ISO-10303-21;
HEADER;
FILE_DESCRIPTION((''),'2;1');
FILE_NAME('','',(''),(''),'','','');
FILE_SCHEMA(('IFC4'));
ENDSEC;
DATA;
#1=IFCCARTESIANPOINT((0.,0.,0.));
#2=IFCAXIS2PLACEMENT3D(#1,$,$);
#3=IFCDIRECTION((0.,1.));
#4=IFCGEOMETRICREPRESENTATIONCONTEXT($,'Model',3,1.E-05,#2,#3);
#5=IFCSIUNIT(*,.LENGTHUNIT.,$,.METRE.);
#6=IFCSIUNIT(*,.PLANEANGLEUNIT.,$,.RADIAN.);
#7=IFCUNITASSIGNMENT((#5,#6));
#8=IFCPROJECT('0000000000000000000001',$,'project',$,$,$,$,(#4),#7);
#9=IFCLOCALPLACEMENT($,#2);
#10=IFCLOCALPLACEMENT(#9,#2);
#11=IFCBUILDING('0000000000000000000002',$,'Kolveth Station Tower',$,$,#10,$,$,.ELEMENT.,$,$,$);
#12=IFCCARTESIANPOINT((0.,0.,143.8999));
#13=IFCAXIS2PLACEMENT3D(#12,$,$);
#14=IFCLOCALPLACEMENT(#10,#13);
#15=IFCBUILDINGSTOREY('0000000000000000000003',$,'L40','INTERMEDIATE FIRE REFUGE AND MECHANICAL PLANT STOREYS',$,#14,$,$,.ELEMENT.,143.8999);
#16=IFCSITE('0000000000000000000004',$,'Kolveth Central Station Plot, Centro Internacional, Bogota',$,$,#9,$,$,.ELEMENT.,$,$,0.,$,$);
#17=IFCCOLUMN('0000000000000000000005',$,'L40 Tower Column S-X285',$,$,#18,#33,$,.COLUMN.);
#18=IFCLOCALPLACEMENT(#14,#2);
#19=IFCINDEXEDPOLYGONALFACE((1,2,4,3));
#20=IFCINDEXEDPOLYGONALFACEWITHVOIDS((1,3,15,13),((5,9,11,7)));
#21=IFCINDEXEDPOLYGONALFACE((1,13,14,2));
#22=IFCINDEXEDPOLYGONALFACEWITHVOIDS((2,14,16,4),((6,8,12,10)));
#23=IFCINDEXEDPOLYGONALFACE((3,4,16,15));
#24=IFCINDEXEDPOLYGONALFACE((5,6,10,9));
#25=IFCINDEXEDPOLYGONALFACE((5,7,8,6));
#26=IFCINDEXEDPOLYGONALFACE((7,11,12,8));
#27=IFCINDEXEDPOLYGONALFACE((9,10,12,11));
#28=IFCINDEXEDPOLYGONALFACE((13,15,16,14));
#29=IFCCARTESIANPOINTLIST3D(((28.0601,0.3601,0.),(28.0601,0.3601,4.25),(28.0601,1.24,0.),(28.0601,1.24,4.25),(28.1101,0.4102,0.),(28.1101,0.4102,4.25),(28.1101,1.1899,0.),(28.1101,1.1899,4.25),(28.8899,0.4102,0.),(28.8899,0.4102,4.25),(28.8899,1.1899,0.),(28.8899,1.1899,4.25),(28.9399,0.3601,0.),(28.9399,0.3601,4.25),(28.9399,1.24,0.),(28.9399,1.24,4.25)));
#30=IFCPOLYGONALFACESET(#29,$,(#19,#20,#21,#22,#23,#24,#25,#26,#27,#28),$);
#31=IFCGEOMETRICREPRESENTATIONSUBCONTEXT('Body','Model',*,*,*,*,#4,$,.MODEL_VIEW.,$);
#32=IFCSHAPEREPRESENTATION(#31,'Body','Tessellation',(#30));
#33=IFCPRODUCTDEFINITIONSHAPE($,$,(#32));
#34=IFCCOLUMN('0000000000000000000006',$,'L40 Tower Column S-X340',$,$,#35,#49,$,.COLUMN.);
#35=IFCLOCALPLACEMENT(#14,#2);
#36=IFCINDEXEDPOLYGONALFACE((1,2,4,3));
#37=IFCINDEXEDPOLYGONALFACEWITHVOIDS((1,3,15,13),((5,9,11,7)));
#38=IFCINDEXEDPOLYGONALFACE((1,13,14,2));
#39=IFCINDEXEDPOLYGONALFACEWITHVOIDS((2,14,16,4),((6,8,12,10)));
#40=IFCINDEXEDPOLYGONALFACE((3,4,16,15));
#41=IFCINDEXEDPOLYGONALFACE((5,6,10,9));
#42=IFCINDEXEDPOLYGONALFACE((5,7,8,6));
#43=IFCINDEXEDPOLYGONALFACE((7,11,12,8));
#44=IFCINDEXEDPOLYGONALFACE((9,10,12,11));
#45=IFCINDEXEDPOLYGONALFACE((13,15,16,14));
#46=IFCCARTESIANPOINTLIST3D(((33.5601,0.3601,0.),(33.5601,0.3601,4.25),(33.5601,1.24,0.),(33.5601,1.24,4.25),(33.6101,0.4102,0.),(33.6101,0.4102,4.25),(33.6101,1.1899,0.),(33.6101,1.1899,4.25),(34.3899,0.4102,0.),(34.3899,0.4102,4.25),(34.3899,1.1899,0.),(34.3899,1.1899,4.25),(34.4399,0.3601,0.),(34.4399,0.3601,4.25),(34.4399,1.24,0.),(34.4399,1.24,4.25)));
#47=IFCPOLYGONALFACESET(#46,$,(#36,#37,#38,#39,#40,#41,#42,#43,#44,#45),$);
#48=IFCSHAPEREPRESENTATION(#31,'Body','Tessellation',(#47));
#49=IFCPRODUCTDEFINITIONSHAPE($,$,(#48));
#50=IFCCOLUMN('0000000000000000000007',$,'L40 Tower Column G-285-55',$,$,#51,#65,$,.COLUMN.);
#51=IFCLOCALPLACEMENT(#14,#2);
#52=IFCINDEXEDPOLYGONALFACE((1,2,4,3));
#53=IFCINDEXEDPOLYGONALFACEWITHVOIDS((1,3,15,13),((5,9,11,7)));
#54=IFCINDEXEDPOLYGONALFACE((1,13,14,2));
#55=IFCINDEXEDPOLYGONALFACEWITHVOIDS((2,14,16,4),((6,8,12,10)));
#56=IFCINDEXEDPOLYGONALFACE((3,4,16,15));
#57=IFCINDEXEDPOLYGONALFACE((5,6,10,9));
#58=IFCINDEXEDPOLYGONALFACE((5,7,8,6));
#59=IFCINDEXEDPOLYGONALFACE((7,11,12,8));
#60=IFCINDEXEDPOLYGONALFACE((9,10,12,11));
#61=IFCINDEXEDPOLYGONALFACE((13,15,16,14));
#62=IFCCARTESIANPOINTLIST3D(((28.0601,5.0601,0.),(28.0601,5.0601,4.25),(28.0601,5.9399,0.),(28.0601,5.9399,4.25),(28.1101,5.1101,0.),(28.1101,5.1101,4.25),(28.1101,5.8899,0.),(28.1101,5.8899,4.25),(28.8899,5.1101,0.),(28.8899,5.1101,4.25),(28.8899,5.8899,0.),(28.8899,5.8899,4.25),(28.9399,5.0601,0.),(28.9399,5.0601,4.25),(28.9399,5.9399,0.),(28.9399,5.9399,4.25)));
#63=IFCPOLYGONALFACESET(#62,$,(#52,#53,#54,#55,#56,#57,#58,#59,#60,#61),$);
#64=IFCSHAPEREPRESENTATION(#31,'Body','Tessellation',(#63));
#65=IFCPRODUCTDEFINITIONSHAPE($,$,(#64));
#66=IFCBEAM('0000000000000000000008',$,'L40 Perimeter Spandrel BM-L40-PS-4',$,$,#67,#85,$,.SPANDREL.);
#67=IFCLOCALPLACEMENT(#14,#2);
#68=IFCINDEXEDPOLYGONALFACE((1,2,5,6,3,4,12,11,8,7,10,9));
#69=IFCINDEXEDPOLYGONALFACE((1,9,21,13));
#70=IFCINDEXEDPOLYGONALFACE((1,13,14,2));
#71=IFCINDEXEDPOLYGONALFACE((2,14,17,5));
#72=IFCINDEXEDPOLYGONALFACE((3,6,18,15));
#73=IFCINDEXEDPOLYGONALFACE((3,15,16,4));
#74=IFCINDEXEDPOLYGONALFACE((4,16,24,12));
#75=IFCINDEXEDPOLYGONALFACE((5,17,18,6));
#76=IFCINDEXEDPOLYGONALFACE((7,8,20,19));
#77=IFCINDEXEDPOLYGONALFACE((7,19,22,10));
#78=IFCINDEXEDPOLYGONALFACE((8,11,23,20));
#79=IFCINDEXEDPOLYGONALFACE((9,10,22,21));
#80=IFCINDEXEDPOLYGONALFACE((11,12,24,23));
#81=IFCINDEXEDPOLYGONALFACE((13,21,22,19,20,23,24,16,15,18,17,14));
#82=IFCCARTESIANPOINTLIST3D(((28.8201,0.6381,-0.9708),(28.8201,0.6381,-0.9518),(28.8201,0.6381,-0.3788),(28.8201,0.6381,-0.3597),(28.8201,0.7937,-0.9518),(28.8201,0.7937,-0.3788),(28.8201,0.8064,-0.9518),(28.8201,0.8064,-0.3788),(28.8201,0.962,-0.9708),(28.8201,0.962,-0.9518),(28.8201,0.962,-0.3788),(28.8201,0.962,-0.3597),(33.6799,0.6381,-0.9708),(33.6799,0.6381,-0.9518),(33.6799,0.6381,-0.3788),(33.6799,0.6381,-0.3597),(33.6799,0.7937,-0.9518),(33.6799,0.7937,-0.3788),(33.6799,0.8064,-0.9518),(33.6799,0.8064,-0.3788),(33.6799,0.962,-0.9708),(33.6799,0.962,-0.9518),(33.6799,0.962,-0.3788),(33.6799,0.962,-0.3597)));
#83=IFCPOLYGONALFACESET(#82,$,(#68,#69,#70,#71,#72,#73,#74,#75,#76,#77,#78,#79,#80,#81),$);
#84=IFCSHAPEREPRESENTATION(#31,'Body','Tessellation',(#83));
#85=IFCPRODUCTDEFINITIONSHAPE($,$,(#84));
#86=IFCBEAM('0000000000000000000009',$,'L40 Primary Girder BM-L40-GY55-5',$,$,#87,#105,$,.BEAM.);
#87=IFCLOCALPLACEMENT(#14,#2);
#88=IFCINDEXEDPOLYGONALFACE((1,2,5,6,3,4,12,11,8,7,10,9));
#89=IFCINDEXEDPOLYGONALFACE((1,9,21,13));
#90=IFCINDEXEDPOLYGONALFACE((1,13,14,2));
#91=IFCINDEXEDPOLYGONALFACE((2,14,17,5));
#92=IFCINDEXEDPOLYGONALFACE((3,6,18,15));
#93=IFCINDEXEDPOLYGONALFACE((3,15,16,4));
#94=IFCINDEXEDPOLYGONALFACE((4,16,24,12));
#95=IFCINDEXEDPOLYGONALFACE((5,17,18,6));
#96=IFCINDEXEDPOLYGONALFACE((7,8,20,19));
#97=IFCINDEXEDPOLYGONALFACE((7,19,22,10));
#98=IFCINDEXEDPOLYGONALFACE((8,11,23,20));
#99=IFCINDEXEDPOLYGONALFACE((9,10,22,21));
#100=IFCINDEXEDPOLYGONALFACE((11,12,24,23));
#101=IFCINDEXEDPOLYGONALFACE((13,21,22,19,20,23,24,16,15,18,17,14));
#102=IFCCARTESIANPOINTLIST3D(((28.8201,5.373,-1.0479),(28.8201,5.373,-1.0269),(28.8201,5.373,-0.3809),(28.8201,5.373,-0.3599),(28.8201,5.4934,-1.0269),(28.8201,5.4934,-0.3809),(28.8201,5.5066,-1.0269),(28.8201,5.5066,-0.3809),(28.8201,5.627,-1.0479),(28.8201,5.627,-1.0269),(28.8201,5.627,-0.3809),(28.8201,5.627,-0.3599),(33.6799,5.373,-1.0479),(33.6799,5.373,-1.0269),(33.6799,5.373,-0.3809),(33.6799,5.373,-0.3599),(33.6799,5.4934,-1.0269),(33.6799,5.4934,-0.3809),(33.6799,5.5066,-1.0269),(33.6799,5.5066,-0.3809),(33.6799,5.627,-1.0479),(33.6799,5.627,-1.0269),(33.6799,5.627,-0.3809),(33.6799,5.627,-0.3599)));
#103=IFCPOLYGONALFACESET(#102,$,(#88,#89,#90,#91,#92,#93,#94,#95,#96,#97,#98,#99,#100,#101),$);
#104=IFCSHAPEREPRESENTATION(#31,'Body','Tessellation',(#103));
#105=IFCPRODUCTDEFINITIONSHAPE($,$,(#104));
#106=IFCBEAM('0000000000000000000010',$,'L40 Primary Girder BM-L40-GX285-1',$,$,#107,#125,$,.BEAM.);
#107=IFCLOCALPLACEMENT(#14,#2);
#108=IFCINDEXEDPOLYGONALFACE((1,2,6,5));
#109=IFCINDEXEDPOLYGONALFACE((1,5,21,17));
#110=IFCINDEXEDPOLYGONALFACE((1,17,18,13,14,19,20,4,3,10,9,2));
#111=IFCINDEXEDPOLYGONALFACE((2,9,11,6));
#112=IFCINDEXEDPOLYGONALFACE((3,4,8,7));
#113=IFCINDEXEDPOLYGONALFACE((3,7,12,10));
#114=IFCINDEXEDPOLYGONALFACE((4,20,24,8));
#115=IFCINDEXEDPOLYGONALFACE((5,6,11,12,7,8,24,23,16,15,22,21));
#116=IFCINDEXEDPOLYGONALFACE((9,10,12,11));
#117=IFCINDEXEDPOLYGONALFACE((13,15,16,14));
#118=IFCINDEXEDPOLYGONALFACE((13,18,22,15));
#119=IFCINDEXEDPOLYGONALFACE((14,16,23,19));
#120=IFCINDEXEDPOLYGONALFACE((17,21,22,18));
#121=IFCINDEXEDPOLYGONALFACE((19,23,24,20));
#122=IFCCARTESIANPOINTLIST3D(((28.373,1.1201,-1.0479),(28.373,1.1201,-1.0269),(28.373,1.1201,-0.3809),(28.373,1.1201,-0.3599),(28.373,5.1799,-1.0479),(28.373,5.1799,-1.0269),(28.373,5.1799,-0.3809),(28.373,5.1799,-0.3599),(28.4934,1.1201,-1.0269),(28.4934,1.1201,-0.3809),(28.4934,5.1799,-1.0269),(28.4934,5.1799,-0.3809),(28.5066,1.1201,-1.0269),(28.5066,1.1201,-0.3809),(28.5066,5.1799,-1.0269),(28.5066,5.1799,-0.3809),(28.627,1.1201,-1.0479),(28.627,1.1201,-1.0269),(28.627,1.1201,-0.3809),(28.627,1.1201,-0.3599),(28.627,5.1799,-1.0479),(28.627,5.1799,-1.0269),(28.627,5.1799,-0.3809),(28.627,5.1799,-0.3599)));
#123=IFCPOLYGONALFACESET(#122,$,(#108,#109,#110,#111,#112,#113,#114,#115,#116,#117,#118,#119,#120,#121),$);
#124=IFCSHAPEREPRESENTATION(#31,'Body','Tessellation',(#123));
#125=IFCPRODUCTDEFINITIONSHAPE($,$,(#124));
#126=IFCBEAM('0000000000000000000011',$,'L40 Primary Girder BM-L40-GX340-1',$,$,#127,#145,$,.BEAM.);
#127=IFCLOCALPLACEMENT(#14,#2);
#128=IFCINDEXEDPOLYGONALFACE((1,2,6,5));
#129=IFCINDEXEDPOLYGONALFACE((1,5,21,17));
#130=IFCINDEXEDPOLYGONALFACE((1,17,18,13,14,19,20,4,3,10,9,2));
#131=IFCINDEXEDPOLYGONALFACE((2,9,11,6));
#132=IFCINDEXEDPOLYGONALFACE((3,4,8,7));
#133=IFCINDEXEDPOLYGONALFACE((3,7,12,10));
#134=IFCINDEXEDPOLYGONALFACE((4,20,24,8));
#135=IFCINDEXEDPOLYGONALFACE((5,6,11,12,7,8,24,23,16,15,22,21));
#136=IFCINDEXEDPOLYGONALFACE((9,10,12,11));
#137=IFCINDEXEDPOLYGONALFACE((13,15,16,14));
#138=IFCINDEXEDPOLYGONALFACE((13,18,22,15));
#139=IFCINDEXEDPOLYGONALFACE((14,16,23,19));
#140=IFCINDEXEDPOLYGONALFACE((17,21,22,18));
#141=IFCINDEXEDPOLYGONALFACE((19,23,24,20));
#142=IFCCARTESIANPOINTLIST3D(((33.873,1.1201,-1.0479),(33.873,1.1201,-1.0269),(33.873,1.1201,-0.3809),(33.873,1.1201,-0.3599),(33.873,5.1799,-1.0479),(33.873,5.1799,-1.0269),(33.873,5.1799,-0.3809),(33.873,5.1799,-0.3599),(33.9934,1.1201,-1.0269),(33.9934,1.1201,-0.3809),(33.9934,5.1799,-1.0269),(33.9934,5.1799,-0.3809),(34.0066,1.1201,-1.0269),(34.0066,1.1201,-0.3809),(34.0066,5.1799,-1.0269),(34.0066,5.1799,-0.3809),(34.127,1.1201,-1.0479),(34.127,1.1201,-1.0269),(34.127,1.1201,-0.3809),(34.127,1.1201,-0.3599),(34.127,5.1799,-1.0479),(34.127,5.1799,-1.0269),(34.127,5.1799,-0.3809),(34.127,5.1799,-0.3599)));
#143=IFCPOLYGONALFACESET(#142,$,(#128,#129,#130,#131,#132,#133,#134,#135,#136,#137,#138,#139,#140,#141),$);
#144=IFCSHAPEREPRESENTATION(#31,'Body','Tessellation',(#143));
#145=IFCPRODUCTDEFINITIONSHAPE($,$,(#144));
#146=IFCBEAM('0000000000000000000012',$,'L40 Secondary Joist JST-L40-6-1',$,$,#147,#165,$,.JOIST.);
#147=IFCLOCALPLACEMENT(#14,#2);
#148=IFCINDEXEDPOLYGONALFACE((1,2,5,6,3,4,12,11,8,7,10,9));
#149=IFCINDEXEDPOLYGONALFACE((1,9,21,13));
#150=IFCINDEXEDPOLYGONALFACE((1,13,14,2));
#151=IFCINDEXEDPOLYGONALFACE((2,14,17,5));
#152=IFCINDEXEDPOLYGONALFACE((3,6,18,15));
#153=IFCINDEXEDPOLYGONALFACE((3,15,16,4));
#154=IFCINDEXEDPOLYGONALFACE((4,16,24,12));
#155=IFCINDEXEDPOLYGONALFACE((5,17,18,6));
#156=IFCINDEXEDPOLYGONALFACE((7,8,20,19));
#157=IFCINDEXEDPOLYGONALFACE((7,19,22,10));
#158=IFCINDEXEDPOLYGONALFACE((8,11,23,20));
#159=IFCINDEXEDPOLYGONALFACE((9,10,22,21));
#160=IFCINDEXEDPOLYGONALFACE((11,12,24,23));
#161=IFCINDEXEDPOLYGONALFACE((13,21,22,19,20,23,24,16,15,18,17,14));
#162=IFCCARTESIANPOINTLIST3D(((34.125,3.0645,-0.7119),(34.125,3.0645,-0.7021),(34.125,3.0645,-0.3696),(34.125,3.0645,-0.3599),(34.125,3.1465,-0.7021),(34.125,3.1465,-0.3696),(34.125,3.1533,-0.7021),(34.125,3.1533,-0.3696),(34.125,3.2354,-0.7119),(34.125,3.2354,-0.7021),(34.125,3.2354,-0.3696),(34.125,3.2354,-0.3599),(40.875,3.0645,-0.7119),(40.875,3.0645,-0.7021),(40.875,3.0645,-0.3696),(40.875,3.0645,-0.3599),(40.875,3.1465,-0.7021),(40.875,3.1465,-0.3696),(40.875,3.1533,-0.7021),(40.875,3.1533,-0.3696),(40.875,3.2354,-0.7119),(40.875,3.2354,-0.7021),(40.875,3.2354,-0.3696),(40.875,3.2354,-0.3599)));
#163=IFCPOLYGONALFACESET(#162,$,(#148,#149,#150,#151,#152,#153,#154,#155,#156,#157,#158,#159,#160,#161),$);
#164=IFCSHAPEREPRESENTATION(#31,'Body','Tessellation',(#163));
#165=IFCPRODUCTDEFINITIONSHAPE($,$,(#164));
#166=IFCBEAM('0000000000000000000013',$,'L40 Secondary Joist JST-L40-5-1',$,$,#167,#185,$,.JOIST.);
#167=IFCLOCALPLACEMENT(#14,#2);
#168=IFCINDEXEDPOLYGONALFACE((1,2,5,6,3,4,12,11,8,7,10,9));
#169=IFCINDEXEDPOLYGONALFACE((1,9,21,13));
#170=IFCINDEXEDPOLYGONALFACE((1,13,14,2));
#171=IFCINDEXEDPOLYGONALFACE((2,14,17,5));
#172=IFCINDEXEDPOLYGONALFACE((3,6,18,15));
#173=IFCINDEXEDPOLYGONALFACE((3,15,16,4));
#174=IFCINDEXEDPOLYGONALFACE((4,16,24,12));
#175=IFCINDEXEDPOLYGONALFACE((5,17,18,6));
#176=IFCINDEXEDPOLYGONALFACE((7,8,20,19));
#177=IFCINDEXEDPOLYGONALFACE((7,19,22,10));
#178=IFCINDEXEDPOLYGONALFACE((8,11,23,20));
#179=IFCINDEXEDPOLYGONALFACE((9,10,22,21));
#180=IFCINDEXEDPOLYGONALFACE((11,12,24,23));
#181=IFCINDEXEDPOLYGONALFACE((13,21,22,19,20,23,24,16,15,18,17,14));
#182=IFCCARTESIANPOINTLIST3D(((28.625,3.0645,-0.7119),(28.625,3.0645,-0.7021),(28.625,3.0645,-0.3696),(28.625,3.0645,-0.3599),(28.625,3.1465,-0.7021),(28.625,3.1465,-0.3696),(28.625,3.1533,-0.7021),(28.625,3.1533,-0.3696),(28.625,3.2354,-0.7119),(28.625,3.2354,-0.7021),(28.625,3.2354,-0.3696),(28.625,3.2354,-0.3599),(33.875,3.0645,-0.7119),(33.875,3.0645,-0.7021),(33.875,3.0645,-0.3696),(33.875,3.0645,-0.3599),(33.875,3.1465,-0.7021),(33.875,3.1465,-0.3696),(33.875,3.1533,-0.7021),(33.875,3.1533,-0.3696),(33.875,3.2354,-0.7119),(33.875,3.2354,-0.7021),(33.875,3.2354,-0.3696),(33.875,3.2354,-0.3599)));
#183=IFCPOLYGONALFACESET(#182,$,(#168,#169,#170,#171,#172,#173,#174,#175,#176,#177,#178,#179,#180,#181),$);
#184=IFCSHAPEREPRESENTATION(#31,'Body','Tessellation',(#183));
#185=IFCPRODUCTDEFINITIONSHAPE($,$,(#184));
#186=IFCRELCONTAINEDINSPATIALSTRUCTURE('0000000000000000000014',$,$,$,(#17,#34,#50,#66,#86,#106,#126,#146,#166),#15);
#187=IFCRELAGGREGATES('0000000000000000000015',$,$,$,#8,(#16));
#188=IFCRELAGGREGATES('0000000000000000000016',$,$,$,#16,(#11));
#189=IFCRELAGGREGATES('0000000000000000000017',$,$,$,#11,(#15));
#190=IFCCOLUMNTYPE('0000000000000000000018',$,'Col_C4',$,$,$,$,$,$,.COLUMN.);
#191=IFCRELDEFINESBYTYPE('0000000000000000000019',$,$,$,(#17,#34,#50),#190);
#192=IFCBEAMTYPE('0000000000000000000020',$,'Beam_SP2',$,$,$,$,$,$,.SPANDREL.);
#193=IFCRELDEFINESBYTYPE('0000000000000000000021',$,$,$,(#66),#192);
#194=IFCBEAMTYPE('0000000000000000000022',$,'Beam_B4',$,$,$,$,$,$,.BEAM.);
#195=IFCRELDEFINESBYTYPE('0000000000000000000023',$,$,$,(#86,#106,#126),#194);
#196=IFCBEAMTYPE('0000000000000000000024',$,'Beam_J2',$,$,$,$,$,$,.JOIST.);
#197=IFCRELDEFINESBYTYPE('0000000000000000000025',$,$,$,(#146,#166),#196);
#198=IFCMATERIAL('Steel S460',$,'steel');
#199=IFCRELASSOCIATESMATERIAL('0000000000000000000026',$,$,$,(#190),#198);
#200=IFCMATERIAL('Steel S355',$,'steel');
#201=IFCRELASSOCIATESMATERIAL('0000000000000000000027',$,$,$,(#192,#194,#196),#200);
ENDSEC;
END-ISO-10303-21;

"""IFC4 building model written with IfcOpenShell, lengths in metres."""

from ifc_helpers import new_model, si_unit, direction, frame, origin, origin_2d, place, context, subcontext, project, spatial, hollow_rectangle, i_section, extrude, source, transform, mapped, material, material_profile, profile_set, type_object, element, save


model = new_model("IFC4")

# Units and contexts
model_context = context("Model", 3, precision=1e-05, world=origin(), true_north=direction((0.0, 1.0)))
body_context = subcontext(model_context, "Body", "Model", "MODEL_VIEW")
ifc_project = project(units=[si_unit("LENGTHUNIT", "METRE"), si_unit("PLANEANGLEUNIT", "RADIAN")], contexts=[model_context])

# Site, building, storey
site_placement = place(None, origin())
site = spatial("IfcSite", under=ifc_project, at=site_placement, Name="Kolveth Central Station Plot, Centro Internacional, Bogota", CompositionType="ELEMENT", RefElevation=0.0)
building_placement = place(site_placement, origin())
building = spatial("IfcBuilding", under=site, at=building_placement, Name="Kolveth Station Tower", CompositionType="ELEMENT")
storey_placement = place(building_placement, frame((0.0, 0.0, 143.8999)))
storey = spatial("IfcBuildingStorey", under=building, at=storey_placement, Name="L40", Description="INTERMEDIATE FIRE REFUGE AND MECHANICAL PLANT STOREYS", CompositionType="ELEMENT", Elevation=143.8999)

# Columns
ifc_material_1 = material(Name="Steel S460", Category="steel")
ifc_material_profile_1 = material_profile(ifc_material_1, hollow_rectangle(XDim=0.8799, YDim=0.8799, WallThickness=0.05, at=origin_2d()), Name="BOX880x880x50")
ifc_profile_set_1 = profile_set([ifc_material_profile_1], Name="Steel S460")
column_type = type_object("IfcColumnType", Name="Col_C4", PredefinedType="COLUMN", material=ifc_profile_set_1)
shared_shape_1 = source(origin(), body_context, "Body", "SweptSolid", [
    extrude(hollow_rectangle(XDim=0.8799, YDim=0.8799, WallThickness=0.05, at=origin_2d()), origin(), (0.0, 0.0, 1.0), 4.25),
])
for number, where, z_axis, x_axis, name in (
    (1, (28.5, 0.8, 0.0), (0.0, 0.0, 1.0), (1.0, 0.0, 0.0), "L40 Tower Column S-X285"),
    (2, (34.0, 0.8, 0.0), (0.0, 0.0, 1.0), (1.0, 0.0, 0.0), "L40 Tower Column S-X340"),
    (3, (28.5, 5.5, 0.0), (0.0, 0.0, 1.0), (1.0, 0.0, 0.0), "L40 Tower Column G-285-55"),
):
    element("IfcColumn", number, at=place(storey_placement, frame(where, z_axis=z_axis, x_axis=x_axis)), inside=storey, type_object=column_type, Name=name, PredefinedType="COLUMN", context=body_context, shape_type="MappedRepresentation", body=[
        mapped(shared_shape_1, transform((0.0, 0.0, 0.0), x_axis=(1.0, 0.0, 0.0), y_axis=(0.0, 1.0, 0.0), z_axis=(0.0, 0.0, 1.0), scale=1.0)),
    ])

# Beams
ifc_material_2 = material(Name="Steel S355", Category="steel")
ifc_material_profile_2 = material_profile(ifc_material_2, i_section(OverallWidth=0.324, OverallDepth=0.6111, WebThickness=0.0127, FlangeThickness=0.019, at=origin_2d()), Name="W610x155")
ifc_profile_set_2 = profile_set([ifc_material_profile_2], Name="Steel S355")
beam_type_1 = type_object("IfcBeamType", Name="Beam_SP2", PredefinedType="SPANDREL", material=ifc_profile_set_2)
shared_shape_2 = source(origin(), body_context, "Body", "SweptSolid", [
    extrude(i_section(OverallWidth=0.324, OverallDepth=0.6111, WebThickness=0.0127, FlangeThickness=0.019, at=origin_2d()), origin(), (0.0, 0.0, 1.0), 4.8599),
])
beam_1_placement = place(storey_placement, frame((28.8201, 0.8, -0.6653), z_axis=(1.0, 0.0, 0.0), x_axis=(0.0, 1.0, 0.0)))
element("IfcBeam", 4, at=beam_1_placement, inside=storey, type_object=beam_type_1, Name="L40 Perimeter Spandrel BM-L40-PS-4", PredefinedType="SPANDREL", context=body_context, shape_type="MappedRepresentation", body=[
    mapped(shared_shape_2, transform((0.0, 0.0, 0.0), x_axis=(1.0, 0.0, 0.0), y_axis=(0.0, 1.0, 0.0), z_axis=(0.0, 0.0, 1.0), scale=1.0)),
])
ifc_material_profile_3 = material_profile(ifc_material_2, i_section(OverallWidth=0.2539, OverallDepth=0.688, WebThickness=0.0132, FlangeThickness=0.021, at=origin_2d()), Name="W690x152")
ifc_profile_set_3 = profile_set([ifc_material_profile_3], Name="Steel S355")
beam_type_2 = type_object("IfcBeamType", Name="Beam_B4", PredefinedType="BEAM", material=ifc_profile_set_3)
shared_shape_3 = source(origin(), body_context, "Body", "SweptSolid", [
    extrude(i_section(OverallWidth=0.2539, OverallDepth=0.688, WebThickness=0.0132, FlangeThickness=0.021, at=origin_2d()), origin(), (0.0, 0.0, 1.0), 4.8599),
])
beam_2_placement = place(storey_placement, frame((28.8201, 5.5, -0.7039), z_axis=(1.0, 0.0, 0.0), x_axis=(0.0, 1.0, 0.0)))
element("IfcBeam", 5, at=beam_2_placement, inside=storey, type_object=beam_type_2, Name="L40 Primary Girder BM-L40-GY55-5", PredefinedType="BEAM", context=body_context, shape_type="MappedRepresentation", body=[
    mapped(shared_shape_3, transform((0.0, 0.0, 0.0), x_axis=(1.0, 0.0, 0.0), y_axis=(0.0, 1.0, 0.0), z_axis=(0.0, 0.0, 1.0), scale=1.0)),
])
shared_shape_4 = source(origin(), body_context, "Body", "SweptSolid", [
    extrude(i_section(OverallWidth=0.2539, OverallDepth=0.688, WebThickness=0.0132, FlangeThickness=0.021, at=origin_2d()), origin(), (0.0, 0.0, 1.0), 4.0598),
])
for number, where, z_axis, x_axis, name in (
    (6, (28.5, 1.1201, -0.7039), (0.0, 1.0, 0.0), (-1.0, 0.0, 0.0), "L40 Primary Girder BM-L40-GX285-1"),
    (7, (34.0, 1.1201, -0.7039), (0.0, 1.0, 0.0), (-1.0, 0.0, 0.0), "L40 Primary Girder BM-L40-GX340-1"),
):
    element("IfcBeam", number, at=place(storey_placement, frame(where, z_axis=z_axis, x_axis=x_axis)), inside=storey, type_object=beam_type_2, Name=name, PredefinedType="BEAM", context=body_context, shape_type="MappedRepresentation", body=[
        mapped(shared_shape_4, transform((0.0, 0.0, 0.0), x_axis=(1.0, 0.0, 0.0), y_axis=(0.0, 1.0, 0.0), z_axis=(0.0, 0.0, 1.0), scale=1.0)),
    ])
ifc_material_profile_4 = material_profile(ifc_material_2, i_section(OverallWidth=0.1709, OverallDepth=0.3521, WebThickness=0.0068, FlangeThickness=0.0098, at=origin_2d()), Name="W360x44")
ifc_profile_set_4 = profile_set([ifc_material_profile_4], Name="Steel S355")
beam_type_3 = type_object("IfcBeamType", Name="Beam_J2", PredefinedType="JOIST", material=ifc_profile_set_4)
shared_shape_5 = source(origin(), body_context, "Body", "SweptSolid", [
    extrude(i_section(OverallWidth=0.1709, OverallDepth=0.3521, WebThickness=0.0068, FlangeThickness=0.0098, at=origin_2d()), origin(), (0.0, 0.0, 1.0), 6.75),
])
beam_3_placement = place(storey_placement, frame((34.125, 3.1499, -0.5359), z_axis=(1.0, 0.0, 0.0), x_axis=(0.0, 1.0, 0.0)))
element("IfcBeam", 8, at=beam_3_placement, inside=storey, type_object=beam_type_3, Name="L40 Secondary Joist JST-L40-6-1", PredefinedType="JOIST", context=body_context, shape_type="MappedRepresentation", body=[
    mapped(shared_shape_5, transform((0.0, 0.0, 0.0), x_axis=(1.0, 0.0, 0.0), y_axis=(0.0, 1.0, 0.0), z_axis=(0.0, 0.0, 1.0), scale=1.0)),
])
shared_shape_6 = source(origin(), body_context, "Body", "SweptSolid", [
    extrude(i_section(OverallWidth=0.1709, OverallDepth=0.3521, WebThickness=0.0068, FlangeThickness=0.0098, at=origin_2d()), origin(), (0.0, 0.0, 1.0), 5.25),
])
beam_4_placement = place(storey_placement, frame((28.625, 3.1499, -0.5359), z_axis=(1.0, 0.0, 0.0), x_axis=(0.0, 1.0, 0.0)))
element("IfcBeam", 9, at=beam_4_placement, inside=storey, type_object=beam_type_3, Name="L40 Secondary Joist JST-L40-5-1", PredefinedType="JOIST", context=body_context, shape_type="MappedRepresentation", body=[
    mapped(shared_shape_6, transform((0.0, 0.0, 0.0), x_axis=(1.0, 0.0, 0.0), y_axis=(0.0, 1.0, 0.0), z_axis=(0.0, 0.0, 1.0), scale=1.0)),
])

save(model, "model.ifc")
